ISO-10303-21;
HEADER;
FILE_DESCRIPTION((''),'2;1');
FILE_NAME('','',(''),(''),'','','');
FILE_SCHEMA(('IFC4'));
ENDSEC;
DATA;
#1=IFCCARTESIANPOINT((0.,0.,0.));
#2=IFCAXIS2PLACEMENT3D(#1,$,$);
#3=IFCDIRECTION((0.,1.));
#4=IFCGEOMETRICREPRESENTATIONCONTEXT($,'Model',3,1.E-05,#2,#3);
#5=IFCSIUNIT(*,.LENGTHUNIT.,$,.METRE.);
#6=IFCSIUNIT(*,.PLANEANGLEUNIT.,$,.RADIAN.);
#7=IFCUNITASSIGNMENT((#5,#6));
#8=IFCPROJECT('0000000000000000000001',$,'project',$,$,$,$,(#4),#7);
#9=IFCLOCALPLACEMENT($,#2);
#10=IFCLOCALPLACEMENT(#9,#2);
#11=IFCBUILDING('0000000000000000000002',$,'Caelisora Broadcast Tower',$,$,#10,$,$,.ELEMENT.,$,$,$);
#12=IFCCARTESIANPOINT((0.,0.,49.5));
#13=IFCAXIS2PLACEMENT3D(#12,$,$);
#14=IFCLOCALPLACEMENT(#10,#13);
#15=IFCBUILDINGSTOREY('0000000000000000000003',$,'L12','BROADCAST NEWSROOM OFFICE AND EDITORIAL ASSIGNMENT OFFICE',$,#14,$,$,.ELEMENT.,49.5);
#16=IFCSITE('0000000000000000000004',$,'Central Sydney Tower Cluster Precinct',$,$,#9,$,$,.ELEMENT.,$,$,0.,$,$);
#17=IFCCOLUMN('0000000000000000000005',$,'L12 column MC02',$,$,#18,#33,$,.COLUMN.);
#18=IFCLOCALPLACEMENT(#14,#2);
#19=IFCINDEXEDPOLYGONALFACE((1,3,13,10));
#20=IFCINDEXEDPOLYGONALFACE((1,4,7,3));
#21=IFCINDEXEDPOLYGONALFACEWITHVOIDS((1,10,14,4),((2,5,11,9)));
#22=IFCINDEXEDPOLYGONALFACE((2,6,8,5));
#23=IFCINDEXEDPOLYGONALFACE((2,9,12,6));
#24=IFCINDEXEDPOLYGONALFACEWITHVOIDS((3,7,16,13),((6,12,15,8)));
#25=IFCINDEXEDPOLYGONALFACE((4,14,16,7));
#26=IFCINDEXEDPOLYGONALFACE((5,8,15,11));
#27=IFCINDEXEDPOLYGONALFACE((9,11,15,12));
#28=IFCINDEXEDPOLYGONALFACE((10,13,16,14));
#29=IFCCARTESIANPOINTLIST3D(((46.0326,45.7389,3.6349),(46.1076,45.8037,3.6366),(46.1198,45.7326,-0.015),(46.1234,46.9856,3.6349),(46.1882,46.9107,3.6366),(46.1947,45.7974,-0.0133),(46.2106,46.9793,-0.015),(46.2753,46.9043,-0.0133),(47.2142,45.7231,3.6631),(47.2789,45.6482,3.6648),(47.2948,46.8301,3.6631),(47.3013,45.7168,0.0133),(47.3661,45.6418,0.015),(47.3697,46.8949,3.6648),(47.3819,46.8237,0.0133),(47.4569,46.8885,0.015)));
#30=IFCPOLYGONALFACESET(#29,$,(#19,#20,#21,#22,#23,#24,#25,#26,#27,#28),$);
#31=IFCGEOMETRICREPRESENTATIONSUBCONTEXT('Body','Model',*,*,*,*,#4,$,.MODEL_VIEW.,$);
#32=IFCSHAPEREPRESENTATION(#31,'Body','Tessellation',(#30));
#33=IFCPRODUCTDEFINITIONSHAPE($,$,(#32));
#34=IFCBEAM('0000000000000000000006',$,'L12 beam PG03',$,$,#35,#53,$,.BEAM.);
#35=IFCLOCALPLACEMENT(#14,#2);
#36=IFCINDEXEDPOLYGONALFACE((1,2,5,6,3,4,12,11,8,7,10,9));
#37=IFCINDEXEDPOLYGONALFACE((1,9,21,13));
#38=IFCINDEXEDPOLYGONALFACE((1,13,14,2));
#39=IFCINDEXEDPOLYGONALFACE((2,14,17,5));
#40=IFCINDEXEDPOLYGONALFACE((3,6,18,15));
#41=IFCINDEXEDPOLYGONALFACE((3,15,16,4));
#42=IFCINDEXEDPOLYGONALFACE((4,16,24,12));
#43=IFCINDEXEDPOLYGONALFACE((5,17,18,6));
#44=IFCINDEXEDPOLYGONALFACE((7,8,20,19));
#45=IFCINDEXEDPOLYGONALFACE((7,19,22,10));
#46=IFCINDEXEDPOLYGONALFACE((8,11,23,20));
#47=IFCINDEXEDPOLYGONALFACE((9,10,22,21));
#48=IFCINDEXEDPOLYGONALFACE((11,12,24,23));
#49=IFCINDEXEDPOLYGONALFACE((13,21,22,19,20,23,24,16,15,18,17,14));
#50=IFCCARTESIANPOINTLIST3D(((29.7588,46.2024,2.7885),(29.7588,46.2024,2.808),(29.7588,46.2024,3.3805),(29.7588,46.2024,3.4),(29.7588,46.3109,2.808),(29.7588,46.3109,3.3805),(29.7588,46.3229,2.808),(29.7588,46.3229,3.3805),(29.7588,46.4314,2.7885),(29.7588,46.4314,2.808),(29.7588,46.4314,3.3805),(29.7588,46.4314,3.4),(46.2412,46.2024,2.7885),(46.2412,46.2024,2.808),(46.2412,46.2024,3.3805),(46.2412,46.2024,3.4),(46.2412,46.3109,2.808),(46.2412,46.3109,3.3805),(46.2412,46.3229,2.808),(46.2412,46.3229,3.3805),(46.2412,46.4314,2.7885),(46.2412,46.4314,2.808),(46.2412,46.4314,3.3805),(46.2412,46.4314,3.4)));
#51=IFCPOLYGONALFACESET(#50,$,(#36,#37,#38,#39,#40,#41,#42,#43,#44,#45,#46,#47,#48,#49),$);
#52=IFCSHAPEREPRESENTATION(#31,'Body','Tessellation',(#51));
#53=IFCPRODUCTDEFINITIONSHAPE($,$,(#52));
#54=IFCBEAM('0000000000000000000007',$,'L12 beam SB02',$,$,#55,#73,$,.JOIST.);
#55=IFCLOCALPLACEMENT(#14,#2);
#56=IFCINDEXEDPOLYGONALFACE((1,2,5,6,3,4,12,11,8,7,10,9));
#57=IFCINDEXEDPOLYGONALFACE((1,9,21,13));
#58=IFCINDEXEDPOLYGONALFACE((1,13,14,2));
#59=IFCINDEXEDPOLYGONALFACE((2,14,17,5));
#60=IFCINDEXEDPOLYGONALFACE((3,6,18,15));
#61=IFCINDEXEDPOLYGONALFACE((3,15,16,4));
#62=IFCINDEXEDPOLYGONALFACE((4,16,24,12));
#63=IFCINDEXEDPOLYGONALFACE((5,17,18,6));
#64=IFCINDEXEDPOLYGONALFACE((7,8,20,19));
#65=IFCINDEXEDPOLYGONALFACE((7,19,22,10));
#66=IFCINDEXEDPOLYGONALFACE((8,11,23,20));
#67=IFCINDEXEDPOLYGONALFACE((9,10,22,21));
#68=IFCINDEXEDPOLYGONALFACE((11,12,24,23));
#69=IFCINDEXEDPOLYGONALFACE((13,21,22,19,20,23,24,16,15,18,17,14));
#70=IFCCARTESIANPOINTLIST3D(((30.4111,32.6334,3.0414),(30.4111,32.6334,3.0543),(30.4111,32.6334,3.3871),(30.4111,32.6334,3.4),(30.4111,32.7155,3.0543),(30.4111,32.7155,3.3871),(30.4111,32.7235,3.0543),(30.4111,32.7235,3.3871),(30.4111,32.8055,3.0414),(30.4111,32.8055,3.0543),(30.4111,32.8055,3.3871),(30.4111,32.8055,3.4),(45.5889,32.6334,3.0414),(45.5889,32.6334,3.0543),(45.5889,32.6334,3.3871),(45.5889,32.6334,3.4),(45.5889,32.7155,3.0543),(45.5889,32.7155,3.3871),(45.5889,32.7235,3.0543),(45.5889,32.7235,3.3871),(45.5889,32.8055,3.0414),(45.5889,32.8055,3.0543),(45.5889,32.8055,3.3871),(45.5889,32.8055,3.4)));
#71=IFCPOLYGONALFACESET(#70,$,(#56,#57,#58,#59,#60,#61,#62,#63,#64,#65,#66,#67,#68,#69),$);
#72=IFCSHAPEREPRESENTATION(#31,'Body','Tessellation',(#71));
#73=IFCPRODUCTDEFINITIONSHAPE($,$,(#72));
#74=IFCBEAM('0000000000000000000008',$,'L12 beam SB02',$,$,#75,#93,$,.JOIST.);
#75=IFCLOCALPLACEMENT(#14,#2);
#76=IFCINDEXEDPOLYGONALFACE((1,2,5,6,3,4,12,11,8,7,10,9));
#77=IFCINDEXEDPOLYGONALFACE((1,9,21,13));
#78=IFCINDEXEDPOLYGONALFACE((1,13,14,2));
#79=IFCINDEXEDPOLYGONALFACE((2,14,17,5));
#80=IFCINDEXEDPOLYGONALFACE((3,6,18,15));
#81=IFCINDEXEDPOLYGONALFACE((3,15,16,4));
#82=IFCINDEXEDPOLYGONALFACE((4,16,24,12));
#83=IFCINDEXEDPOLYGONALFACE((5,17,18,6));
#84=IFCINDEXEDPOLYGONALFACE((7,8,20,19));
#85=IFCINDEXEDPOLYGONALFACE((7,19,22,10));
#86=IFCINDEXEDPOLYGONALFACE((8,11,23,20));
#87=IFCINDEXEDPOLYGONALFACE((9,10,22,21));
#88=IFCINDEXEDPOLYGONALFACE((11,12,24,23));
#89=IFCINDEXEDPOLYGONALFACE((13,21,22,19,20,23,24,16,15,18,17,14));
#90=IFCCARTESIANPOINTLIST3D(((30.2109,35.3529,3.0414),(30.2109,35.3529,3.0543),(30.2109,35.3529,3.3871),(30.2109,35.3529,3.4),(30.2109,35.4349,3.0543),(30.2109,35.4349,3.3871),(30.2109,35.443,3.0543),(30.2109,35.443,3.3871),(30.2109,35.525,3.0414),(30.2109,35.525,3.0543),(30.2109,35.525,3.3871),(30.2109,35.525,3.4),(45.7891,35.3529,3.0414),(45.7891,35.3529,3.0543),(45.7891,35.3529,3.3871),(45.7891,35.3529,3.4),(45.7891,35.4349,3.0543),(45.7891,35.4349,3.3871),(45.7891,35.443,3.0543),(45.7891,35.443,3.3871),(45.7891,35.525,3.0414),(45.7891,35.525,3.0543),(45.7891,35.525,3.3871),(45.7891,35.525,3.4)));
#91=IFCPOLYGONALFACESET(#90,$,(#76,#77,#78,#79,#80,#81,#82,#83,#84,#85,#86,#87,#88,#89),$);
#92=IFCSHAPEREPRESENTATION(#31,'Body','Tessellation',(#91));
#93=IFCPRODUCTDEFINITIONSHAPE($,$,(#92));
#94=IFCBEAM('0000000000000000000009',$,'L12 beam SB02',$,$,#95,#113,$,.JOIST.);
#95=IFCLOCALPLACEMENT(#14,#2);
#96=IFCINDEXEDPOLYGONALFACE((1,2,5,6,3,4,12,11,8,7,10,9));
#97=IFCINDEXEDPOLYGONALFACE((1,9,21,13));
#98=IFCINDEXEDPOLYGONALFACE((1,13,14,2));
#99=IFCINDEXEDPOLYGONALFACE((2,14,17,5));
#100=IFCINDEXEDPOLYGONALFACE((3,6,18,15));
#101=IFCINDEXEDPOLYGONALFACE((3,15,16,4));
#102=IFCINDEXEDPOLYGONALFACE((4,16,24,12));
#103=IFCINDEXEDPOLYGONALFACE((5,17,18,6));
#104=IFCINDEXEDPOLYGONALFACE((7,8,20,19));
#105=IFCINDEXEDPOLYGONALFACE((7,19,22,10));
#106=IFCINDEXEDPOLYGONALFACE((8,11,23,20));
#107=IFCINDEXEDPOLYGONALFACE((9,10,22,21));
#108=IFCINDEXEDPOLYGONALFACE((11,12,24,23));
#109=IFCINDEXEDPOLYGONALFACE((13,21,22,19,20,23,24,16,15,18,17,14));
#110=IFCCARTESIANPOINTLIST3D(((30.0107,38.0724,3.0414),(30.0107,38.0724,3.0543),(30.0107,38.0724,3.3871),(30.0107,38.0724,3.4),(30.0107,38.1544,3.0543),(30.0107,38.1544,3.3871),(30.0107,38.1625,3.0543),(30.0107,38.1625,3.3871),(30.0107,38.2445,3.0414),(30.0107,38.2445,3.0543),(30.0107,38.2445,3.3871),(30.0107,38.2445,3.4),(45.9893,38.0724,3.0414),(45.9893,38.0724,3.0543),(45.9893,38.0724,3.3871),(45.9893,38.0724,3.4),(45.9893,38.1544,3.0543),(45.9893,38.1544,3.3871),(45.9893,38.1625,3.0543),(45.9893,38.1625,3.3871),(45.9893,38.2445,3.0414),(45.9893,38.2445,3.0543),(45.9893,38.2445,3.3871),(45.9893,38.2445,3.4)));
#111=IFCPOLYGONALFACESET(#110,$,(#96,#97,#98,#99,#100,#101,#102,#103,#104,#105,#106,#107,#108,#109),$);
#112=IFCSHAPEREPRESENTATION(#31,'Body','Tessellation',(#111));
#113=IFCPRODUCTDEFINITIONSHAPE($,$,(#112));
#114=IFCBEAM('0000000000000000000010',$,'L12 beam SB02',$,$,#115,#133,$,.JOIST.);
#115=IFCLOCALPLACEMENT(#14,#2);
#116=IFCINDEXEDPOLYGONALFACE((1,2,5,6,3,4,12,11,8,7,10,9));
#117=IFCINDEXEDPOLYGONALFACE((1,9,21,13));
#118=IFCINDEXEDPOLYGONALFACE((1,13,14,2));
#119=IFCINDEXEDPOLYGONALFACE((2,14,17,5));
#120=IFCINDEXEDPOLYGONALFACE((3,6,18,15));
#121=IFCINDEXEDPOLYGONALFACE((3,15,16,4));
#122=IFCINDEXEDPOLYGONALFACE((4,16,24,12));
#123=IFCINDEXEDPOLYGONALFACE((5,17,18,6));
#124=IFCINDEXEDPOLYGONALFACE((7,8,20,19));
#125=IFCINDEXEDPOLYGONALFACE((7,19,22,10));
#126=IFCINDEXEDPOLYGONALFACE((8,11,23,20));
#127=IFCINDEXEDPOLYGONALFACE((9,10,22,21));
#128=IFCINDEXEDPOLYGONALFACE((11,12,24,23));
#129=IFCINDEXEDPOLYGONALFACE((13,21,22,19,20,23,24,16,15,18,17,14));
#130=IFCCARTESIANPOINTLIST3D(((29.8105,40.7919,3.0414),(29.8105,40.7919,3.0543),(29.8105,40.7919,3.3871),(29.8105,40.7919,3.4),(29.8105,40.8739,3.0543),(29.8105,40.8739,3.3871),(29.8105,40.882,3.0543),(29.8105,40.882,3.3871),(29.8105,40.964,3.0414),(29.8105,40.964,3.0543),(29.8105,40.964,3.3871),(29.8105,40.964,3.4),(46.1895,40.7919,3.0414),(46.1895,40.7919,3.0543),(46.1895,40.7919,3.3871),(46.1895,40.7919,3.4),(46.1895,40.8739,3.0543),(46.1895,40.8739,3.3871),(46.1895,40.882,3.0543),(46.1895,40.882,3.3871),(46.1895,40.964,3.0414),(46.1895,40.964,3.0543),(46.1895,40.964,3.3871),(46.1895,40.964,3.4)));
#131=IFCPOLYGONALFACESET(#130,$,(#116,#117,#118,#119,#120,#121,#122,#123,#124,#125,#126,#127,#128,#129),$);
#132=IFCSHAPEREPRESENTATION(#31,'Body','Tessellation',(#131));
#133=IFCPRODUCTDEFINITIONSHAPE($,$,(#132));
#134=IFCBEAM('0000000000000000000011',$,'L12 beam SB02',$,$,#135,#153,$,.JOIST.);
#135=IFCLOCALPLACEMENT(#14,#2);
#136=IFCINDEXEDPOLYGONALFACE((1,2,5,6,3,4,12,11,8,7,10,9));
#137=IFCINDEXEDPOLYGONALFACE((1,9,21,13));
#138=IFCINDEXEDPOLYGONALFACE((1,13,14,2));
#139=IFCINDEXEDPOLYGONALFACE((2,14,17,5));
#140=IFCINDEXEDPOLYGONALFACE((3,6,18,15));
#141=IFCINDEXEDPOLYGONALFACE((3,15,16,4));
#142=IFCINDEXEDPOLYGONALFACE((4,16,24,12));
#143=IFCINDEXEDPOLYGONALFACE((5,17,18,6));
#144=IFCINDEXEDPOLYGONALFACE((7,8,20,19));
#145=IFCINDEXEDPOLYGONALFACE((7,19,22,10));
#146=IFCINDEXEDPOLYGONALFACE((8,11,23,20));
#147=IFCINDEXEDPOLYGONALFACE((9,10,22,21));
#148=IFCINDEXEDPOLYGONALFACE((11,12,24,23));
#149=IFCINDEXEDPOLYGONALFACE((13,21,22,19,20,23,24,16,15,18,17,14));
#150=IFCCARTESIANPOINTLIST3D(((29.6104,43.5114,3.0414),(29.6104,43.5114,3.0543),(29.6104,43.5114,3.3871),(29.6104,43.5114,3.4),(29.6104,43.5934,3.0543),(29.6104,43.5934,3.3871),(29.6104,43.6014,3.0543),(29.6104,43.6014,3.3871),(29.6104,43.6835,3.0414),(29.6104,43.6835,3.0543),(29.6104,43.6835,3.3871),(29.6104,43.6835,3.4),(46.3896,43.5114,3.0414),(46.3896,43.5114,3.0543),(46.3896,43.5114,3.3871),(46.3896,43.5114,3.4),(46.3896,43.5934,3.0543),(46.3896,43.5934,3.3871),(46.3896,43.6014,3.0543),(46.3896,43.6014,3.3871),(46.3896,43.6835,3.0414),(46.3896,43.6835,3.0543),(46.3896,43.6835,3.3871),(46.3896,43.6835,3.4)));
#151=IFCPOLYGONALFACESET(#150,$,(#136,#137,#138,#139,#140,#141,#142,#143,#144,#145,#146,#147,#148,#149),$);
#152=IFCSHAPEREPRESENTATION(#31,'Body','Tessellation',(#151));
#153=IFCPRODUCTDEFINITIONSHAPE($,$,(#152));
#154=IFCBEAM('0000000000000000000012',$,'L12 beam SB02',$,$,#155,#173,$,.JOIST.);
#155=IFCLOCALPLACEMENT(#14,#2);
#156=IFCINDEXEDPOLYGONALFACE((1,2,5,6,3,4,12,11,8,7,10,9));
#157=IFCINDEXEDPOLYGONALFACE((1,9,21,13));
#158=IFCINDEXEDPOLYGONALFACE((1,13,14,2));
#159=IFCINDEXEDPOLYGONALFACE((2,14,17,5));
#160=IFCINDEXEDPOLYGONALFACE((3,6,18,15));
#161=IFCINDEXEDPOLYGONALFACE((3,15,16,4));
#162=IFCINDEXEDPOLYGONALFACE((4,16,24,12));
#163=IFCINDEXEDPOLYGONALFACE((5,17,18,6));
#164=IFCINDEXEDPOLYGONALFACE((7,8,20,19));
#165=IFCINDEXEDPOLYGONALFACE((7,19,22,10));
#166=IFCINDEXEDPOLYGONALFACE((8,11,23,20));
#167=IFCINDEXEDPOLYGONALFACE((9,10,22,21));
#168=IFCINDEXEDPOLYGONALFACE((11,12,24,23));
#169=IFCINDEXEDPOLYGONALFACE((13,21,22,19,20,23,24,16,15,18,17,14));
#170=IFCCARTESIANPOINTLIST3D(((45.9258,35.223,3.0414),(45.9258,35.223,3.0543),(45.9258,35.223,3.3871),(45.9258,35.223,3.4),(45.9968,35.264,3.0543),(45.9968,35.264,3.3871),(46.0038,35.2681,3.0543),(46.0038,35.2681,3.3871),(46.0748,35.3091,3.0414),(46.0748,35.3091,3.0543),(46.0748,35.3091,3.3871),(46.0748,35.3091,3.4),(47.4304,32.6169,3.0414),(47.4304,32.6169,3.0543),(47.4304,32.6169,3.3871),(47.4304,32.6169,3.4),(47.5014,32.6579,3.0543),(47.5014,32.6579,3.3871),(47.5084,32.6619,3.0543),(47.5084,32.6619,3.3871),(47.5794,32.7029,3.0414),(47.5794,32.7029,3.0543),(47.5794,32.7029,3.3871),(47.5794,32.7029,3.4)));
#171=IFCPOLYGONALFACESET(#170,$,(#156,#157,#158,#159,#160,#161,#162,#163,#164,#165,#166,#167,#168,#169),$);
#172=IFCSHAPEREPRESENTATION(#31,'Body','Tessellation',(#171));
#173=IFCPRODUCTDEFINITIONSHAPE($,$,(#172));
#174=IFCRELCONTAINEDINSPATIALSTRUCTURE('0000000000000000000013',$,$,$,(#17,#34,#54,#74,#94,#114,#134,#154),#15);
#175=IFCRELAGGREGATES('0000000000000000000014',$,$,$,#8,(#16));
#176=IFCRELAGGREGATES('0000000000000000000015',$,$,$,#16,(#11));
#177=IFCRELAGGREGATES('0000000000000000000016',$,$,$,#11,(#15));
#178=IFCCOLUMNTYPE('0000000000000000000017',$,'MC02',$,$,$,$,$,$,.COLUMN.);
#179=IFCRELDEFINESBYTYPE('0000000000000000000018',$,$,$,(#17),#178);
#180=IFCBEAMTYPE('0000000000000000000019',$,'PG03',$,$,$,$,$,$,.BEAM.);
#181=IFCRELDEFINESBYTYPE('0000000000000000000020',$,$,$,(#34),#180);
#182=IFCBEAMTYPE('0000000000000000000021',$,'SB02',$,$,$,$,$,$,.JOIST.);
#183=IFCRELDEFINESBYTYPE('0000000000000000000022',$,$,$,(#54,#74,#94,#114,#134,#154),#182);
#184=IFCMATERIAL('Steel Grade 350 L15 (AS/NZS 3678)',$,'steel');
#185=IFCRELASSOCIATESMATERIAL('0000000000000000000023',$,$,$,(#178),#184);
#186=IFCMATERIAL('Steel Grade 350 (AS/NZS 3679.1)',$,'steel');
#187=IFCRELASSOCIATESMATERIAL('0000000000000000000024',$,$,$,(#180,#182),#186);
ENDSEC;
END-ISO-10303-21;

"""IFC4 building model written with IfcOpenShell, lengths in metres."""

from ifc_helpers import new_model, si_unit, direction, frame, origin, origin_2d, place, context, subcontext, project, spatial, hollow_rectangle, i_section, extrude, source, transform, mapped, material, material_profile, profile_set, type_object, type_shapes, element, save


model = new_model("IFC4")

# Units and contexts
model_context = context("Model", 3, precision=1e-05, world=origin(), true_north=direction((0.0, 1.0)))
body_context = subcontext(model_context, "Body", "Model", "MODEL_VIEW")
ifc_project = project(units=[si_unit("LENGTHUNIT", "METRE"), si_unit("PLANEANGLEUNIT", "RADIAN")], contexts=[model_context])

# Site, building, storey
site_placement = place(None, origin())
site = spatial("IfcSite", under=ifc_project, at=site_placement, Name="Central Sydney Tower Cluster Precinct", CompositionType="ELEMENT", RefElevation=0.0)
building_placement = place(site_placement, origin())
building = spatial("IfcBuilding", under=site, at=building_placement, Name="Caelisora Broadcast Tower", CompositionType="ELEMENT")
storey_placement = place(building_placement, frame((0.0, 0.0, 49.5)))
storey = spatial("IfcBuildingStorey", under=building, at=storey_placement, Name="L12", Description="BROADCAST NEWSROOM OFFICE AND EDITORIAL ASSIGNMENT OFFICE", CompositionType="ELEMENT", Elevation=49.5)

# Column
ifc_material_1 = material(Name="Steel Grade 350 L15 (AS/NZS 3678)", Category="steel")
ifc_material_profile_1 = material_profile(ifc_material_1, hollow_rectangle(XDim=1.25, YDim=1.25, WallThickness=0.0701, at=origin_2d()), Name="Steel Grade 350 L15 (AS/NZS 3678)")
ifc_profile_set_1 = profile_set([ifc_material_profile_1], Name="Steel Grade 350 L15 (AS/NZS 3678)")
column_type = type_object("IfcColumnType", Name="MC02", PredefinedType="COLUMN", material=ifc_profile_set_1)
shared_shape_1 = source(origin(), body_context, "Body", "SweptSolid", [
    extrude(hollow_rectangle(XDim=1.25, YDim=1.25, WallThickness=0.0701, at=origin_2d()), origin(), (0.0, 0.0, 1.0), 3.6509),
])
type_shapes(column_type, [shared_shape_1])
column_placement = place(storey_placement, frame((46.7883, 46.3105, 0.0), z_axis=(-0.023873, 0.001739, 0.999713), x_axis=(-0.072637, -0.997358, 0.0)))
element("IfcColumn", 1, at=column_placement, inside=storey, type_object=column_type, Name="L12 column MC02", PredefinedType="COLUMN", context=body_context, shape_type="MappedRepresentation", body=[
    mapped(shared_shape_1, transform((0.0, 0.0, 0.0), scale=1.0)),
])

# Beams
ifc_material_2 = material(Name="Steel Grade 350 (AS/NZS 3679.1)", Category="steel")
ifc_material_profile_2 = material_profile(ifc_material_2, i_section(OverallWidth=0.229, OverallDepth=0.6116, WebThickness=0.012, FlangeThickness=0.0195, at=origin_2d()), Name="Steel Grade 350 (AS/NZS 3679.1)")
ifc_profile_set_2 = profile_set([ifc_material_profile_2], Name="Steel Grade 350 (AS/NZS 3679.1)")
beam_type_1 = type_object("IfcBeamType", Name="PG03", PredefinedType="BEAM", material=ifc_profile_set_2)
shared_shape_2 = source(origin(), body_context, "Body", "SweptSolid", [
    extrude(i_section(OverallWidth=0.229, OverallDepth=0.6116, WebThickness=0.012, FlangeThickness=0.0195, at=origin_2d()), origin(), (0.0, 0.0, 1.0), 16.4824),
])
type_shapes(beam_type_1, [shared_shape_2])
beam_1_placement = place(storey_placement, frame((46.2412, 46.3169, 3.0942), z_axis=(-1.0, 0.0, 0.0), x_axis=(0.0, -1.0, 0.0)))
element("IfcBeam", 2, at=beam_1_placement, inside=storey, type_object=beam_type_1, Name="L12 beam PG03", PredefinedType="BEAM", context=body_context, shape_type="MappedRepresentation", body=[
    mapped(shared_shape_2, transform((0.0, 0.0, 0.0), scale=1.0)),
])
ifc_material_profile_3 = material_profile(ifc_material_2, i_section(OverallWidth=0.1721, OverallDepth=0.3586, WebThickness=0.0081, FlangeThickness=0.0129, at=origin_2d()), Name="Steel Grade 350 (AS/NZS 3679.1)")
ifc_profile_set_3 = profile_set([ifc_material_profile_3], Name="Steel Grade 350 (AS/NZS 3679.1)")
beam_type_2 = type_object("IfcBeamType", Name="SB02", PredefinedType="JOIST", material=ifc_profile_set_3)
shared_shape_3 = source(origin(), body_context, "Body", "SweptSolid", [
    extrude(i_section(OverallWidth=0.1721, OverallDepth=0.3586, WebThickness=0.0081, FlangeThickness=0.0129, at=origin_2d()), origin(), (0.0, 0.0, 1.0), 15.1777),
])
beam_2_placement = place(storey_placement, frame((45.5889, 32.7195, 3.2207), z_axis=(-1.0, 0.0, 0.0), x_axis=(0.0, -1.0, 0.0)))
element("IfcBeam", 3, at=beam_2_placement, inside=storey, type_object=beam_type_2, Name="L12 beam SB02", PredefinedType="JOIST", context=body_context, shape_type="MappedRepresentation", body=[
    mapped(shared_shape_3, transform((0.0, 0.0, 0.0), scale=1.0)),
])
shared_shape_4 = source(origin(), body_context, "Body", "SweptSolid", [
    extrude(i_section(OverallWidth=0.1721, OverallDepth=0.3586, WebThickness=0.0081, FlangeThickness=0.0129, at=origin_2d()), origin(), (0.0, 0.0, 1.0), 15.5781),
])
beam_3_placement = place(storey_placement, frame((45.7891, 35.439, 3.2207), z_axis=(-1.0, 0.0, 0.0), x_axis=(0.0, -1.0, 0.0)))
element("IfcBeam", 4, at=beam_3_placement, inside=storey, type_object=beam_type_2, Name="L12 beam SB02", PredefinedType="JOIST", context=body_context, shape_type="MappedRepresentation", body=[
    mapped(shared_shape_4, transform((0.0, 0.0, 0.0), scale=1.0)),
])
shared_shape_5 = source(origin(), body_context, "Body", "SweptSolid", [
    extrude(i_section(OverallWidth=0.1721, OverallDepth=0.3586, WebThickness=0.0081, FlangeThickness=0.0129, at=origin_2d()), origin(), (0.0, 0.0, 1.0), 15.9785),
])
beam_4_placement = place(storey_placement, frame((45.9893, 38.1584, 3.2207), z_axis=(-1.0, 0.0, 0.0), x_axis=(0.0, -1.0, 0.0)))
element("IfcBeam", 5, at=beam_4_placement, inside=storey, type_object=beam_type_2, Name="L12 beam SB02", PredefinedType="JOIST", context=body_context, shape_type="MappedRepresentation", body=[
    mapped(shared_shape_5, transform((0.0, 0.0, 0.0), scale=1.0)),
])
shared_shape_6 = source(origin(), body_context, "Body", "SweptSolid", [
    extrude(i_section(OverallWidth=0.1721, OverallDepth=0.3586, WebThickness=0.0081, FlangeThickness=0.0129, at=origin_2d()), origin(), (0.0, 0.0, 1.0), 16.3789),
])
beam_5_placement = place(storey_placement, frame((46.1895, 40.8779, 3.2207), z_axis=(-1.0, 0.0, 0.0), x_axis=(0.0, -1.0, 0.0)))
element("IfcBeam", 6, at=beam_5_placement, inside=storey, type_object=beam_type_2, Name="L12 beam SB02", PredefinedType="JOIST", context=body_context, shape_type="MappedRepresentation", body=[
    mapped(shared_shape_6, transform((0.0, 0.0, 0.0), scale=1.0)),
])
shared_shape_7 = source(origin(), body_context, "Body", "SweptSolid", [
    extrude(i_section(OverallWidth=0.1721, OverallDepth=0.3586, WebThickness=0.0081, FlangeThickness=0.0129, at=origin_2d()), origin(), (0.0, 0.0, 1.0), 16.7793),
])
beam_6_placement = place(storey_placement, frame((46.3896, 43.5974, 3.2207), z_axis=(-1.0, 0.0, 0.0), x_axis=(0.0, -1.0, 0.0)))
element("IfcBeam", 7, at=beam_6_placement, inside=storey, type_object=beam_type_2, Name="L12 beam SB02", PredefinedType="JOIST", context=body_context, shape_type="MappedRepresentation", body=[
    mapped(shared_shape_7, transform((0.0, 0.0, 0.0), scale=1.0)),
])
shared_shape_8 = source(origin(), body_context, "Body", "SweptSolid", [
    extrude(i_section(OverallWidth=0.1721, OverallDepth=0.3586, WebThickness=0.0081, FlangeThickness=0.0129, at=origin_2d()), origin(), (0.0, 0.0, 1.0), 3.0093),
])
beam_7_placement = place(storey_placement, frame((47.5049, 32.6599, 3.2207), z_axis=(-0.499987, 0.866033, 0.0), x_axis=(-0.866033, -0.499987, 0.0)))
element("IfcBeam", 8, at=beam_7_placement, inside=storey, type_object=beam_type_2, Name="L12 beam SB02", PredefinedType="JOIST", context=body_context, shape_type="MappedRepresentation", body=[
    mapped(shared_shape_8, transform((0.0, 0.0, 0.0), scale=1.0)),
])

save(model, "model.ifc")
